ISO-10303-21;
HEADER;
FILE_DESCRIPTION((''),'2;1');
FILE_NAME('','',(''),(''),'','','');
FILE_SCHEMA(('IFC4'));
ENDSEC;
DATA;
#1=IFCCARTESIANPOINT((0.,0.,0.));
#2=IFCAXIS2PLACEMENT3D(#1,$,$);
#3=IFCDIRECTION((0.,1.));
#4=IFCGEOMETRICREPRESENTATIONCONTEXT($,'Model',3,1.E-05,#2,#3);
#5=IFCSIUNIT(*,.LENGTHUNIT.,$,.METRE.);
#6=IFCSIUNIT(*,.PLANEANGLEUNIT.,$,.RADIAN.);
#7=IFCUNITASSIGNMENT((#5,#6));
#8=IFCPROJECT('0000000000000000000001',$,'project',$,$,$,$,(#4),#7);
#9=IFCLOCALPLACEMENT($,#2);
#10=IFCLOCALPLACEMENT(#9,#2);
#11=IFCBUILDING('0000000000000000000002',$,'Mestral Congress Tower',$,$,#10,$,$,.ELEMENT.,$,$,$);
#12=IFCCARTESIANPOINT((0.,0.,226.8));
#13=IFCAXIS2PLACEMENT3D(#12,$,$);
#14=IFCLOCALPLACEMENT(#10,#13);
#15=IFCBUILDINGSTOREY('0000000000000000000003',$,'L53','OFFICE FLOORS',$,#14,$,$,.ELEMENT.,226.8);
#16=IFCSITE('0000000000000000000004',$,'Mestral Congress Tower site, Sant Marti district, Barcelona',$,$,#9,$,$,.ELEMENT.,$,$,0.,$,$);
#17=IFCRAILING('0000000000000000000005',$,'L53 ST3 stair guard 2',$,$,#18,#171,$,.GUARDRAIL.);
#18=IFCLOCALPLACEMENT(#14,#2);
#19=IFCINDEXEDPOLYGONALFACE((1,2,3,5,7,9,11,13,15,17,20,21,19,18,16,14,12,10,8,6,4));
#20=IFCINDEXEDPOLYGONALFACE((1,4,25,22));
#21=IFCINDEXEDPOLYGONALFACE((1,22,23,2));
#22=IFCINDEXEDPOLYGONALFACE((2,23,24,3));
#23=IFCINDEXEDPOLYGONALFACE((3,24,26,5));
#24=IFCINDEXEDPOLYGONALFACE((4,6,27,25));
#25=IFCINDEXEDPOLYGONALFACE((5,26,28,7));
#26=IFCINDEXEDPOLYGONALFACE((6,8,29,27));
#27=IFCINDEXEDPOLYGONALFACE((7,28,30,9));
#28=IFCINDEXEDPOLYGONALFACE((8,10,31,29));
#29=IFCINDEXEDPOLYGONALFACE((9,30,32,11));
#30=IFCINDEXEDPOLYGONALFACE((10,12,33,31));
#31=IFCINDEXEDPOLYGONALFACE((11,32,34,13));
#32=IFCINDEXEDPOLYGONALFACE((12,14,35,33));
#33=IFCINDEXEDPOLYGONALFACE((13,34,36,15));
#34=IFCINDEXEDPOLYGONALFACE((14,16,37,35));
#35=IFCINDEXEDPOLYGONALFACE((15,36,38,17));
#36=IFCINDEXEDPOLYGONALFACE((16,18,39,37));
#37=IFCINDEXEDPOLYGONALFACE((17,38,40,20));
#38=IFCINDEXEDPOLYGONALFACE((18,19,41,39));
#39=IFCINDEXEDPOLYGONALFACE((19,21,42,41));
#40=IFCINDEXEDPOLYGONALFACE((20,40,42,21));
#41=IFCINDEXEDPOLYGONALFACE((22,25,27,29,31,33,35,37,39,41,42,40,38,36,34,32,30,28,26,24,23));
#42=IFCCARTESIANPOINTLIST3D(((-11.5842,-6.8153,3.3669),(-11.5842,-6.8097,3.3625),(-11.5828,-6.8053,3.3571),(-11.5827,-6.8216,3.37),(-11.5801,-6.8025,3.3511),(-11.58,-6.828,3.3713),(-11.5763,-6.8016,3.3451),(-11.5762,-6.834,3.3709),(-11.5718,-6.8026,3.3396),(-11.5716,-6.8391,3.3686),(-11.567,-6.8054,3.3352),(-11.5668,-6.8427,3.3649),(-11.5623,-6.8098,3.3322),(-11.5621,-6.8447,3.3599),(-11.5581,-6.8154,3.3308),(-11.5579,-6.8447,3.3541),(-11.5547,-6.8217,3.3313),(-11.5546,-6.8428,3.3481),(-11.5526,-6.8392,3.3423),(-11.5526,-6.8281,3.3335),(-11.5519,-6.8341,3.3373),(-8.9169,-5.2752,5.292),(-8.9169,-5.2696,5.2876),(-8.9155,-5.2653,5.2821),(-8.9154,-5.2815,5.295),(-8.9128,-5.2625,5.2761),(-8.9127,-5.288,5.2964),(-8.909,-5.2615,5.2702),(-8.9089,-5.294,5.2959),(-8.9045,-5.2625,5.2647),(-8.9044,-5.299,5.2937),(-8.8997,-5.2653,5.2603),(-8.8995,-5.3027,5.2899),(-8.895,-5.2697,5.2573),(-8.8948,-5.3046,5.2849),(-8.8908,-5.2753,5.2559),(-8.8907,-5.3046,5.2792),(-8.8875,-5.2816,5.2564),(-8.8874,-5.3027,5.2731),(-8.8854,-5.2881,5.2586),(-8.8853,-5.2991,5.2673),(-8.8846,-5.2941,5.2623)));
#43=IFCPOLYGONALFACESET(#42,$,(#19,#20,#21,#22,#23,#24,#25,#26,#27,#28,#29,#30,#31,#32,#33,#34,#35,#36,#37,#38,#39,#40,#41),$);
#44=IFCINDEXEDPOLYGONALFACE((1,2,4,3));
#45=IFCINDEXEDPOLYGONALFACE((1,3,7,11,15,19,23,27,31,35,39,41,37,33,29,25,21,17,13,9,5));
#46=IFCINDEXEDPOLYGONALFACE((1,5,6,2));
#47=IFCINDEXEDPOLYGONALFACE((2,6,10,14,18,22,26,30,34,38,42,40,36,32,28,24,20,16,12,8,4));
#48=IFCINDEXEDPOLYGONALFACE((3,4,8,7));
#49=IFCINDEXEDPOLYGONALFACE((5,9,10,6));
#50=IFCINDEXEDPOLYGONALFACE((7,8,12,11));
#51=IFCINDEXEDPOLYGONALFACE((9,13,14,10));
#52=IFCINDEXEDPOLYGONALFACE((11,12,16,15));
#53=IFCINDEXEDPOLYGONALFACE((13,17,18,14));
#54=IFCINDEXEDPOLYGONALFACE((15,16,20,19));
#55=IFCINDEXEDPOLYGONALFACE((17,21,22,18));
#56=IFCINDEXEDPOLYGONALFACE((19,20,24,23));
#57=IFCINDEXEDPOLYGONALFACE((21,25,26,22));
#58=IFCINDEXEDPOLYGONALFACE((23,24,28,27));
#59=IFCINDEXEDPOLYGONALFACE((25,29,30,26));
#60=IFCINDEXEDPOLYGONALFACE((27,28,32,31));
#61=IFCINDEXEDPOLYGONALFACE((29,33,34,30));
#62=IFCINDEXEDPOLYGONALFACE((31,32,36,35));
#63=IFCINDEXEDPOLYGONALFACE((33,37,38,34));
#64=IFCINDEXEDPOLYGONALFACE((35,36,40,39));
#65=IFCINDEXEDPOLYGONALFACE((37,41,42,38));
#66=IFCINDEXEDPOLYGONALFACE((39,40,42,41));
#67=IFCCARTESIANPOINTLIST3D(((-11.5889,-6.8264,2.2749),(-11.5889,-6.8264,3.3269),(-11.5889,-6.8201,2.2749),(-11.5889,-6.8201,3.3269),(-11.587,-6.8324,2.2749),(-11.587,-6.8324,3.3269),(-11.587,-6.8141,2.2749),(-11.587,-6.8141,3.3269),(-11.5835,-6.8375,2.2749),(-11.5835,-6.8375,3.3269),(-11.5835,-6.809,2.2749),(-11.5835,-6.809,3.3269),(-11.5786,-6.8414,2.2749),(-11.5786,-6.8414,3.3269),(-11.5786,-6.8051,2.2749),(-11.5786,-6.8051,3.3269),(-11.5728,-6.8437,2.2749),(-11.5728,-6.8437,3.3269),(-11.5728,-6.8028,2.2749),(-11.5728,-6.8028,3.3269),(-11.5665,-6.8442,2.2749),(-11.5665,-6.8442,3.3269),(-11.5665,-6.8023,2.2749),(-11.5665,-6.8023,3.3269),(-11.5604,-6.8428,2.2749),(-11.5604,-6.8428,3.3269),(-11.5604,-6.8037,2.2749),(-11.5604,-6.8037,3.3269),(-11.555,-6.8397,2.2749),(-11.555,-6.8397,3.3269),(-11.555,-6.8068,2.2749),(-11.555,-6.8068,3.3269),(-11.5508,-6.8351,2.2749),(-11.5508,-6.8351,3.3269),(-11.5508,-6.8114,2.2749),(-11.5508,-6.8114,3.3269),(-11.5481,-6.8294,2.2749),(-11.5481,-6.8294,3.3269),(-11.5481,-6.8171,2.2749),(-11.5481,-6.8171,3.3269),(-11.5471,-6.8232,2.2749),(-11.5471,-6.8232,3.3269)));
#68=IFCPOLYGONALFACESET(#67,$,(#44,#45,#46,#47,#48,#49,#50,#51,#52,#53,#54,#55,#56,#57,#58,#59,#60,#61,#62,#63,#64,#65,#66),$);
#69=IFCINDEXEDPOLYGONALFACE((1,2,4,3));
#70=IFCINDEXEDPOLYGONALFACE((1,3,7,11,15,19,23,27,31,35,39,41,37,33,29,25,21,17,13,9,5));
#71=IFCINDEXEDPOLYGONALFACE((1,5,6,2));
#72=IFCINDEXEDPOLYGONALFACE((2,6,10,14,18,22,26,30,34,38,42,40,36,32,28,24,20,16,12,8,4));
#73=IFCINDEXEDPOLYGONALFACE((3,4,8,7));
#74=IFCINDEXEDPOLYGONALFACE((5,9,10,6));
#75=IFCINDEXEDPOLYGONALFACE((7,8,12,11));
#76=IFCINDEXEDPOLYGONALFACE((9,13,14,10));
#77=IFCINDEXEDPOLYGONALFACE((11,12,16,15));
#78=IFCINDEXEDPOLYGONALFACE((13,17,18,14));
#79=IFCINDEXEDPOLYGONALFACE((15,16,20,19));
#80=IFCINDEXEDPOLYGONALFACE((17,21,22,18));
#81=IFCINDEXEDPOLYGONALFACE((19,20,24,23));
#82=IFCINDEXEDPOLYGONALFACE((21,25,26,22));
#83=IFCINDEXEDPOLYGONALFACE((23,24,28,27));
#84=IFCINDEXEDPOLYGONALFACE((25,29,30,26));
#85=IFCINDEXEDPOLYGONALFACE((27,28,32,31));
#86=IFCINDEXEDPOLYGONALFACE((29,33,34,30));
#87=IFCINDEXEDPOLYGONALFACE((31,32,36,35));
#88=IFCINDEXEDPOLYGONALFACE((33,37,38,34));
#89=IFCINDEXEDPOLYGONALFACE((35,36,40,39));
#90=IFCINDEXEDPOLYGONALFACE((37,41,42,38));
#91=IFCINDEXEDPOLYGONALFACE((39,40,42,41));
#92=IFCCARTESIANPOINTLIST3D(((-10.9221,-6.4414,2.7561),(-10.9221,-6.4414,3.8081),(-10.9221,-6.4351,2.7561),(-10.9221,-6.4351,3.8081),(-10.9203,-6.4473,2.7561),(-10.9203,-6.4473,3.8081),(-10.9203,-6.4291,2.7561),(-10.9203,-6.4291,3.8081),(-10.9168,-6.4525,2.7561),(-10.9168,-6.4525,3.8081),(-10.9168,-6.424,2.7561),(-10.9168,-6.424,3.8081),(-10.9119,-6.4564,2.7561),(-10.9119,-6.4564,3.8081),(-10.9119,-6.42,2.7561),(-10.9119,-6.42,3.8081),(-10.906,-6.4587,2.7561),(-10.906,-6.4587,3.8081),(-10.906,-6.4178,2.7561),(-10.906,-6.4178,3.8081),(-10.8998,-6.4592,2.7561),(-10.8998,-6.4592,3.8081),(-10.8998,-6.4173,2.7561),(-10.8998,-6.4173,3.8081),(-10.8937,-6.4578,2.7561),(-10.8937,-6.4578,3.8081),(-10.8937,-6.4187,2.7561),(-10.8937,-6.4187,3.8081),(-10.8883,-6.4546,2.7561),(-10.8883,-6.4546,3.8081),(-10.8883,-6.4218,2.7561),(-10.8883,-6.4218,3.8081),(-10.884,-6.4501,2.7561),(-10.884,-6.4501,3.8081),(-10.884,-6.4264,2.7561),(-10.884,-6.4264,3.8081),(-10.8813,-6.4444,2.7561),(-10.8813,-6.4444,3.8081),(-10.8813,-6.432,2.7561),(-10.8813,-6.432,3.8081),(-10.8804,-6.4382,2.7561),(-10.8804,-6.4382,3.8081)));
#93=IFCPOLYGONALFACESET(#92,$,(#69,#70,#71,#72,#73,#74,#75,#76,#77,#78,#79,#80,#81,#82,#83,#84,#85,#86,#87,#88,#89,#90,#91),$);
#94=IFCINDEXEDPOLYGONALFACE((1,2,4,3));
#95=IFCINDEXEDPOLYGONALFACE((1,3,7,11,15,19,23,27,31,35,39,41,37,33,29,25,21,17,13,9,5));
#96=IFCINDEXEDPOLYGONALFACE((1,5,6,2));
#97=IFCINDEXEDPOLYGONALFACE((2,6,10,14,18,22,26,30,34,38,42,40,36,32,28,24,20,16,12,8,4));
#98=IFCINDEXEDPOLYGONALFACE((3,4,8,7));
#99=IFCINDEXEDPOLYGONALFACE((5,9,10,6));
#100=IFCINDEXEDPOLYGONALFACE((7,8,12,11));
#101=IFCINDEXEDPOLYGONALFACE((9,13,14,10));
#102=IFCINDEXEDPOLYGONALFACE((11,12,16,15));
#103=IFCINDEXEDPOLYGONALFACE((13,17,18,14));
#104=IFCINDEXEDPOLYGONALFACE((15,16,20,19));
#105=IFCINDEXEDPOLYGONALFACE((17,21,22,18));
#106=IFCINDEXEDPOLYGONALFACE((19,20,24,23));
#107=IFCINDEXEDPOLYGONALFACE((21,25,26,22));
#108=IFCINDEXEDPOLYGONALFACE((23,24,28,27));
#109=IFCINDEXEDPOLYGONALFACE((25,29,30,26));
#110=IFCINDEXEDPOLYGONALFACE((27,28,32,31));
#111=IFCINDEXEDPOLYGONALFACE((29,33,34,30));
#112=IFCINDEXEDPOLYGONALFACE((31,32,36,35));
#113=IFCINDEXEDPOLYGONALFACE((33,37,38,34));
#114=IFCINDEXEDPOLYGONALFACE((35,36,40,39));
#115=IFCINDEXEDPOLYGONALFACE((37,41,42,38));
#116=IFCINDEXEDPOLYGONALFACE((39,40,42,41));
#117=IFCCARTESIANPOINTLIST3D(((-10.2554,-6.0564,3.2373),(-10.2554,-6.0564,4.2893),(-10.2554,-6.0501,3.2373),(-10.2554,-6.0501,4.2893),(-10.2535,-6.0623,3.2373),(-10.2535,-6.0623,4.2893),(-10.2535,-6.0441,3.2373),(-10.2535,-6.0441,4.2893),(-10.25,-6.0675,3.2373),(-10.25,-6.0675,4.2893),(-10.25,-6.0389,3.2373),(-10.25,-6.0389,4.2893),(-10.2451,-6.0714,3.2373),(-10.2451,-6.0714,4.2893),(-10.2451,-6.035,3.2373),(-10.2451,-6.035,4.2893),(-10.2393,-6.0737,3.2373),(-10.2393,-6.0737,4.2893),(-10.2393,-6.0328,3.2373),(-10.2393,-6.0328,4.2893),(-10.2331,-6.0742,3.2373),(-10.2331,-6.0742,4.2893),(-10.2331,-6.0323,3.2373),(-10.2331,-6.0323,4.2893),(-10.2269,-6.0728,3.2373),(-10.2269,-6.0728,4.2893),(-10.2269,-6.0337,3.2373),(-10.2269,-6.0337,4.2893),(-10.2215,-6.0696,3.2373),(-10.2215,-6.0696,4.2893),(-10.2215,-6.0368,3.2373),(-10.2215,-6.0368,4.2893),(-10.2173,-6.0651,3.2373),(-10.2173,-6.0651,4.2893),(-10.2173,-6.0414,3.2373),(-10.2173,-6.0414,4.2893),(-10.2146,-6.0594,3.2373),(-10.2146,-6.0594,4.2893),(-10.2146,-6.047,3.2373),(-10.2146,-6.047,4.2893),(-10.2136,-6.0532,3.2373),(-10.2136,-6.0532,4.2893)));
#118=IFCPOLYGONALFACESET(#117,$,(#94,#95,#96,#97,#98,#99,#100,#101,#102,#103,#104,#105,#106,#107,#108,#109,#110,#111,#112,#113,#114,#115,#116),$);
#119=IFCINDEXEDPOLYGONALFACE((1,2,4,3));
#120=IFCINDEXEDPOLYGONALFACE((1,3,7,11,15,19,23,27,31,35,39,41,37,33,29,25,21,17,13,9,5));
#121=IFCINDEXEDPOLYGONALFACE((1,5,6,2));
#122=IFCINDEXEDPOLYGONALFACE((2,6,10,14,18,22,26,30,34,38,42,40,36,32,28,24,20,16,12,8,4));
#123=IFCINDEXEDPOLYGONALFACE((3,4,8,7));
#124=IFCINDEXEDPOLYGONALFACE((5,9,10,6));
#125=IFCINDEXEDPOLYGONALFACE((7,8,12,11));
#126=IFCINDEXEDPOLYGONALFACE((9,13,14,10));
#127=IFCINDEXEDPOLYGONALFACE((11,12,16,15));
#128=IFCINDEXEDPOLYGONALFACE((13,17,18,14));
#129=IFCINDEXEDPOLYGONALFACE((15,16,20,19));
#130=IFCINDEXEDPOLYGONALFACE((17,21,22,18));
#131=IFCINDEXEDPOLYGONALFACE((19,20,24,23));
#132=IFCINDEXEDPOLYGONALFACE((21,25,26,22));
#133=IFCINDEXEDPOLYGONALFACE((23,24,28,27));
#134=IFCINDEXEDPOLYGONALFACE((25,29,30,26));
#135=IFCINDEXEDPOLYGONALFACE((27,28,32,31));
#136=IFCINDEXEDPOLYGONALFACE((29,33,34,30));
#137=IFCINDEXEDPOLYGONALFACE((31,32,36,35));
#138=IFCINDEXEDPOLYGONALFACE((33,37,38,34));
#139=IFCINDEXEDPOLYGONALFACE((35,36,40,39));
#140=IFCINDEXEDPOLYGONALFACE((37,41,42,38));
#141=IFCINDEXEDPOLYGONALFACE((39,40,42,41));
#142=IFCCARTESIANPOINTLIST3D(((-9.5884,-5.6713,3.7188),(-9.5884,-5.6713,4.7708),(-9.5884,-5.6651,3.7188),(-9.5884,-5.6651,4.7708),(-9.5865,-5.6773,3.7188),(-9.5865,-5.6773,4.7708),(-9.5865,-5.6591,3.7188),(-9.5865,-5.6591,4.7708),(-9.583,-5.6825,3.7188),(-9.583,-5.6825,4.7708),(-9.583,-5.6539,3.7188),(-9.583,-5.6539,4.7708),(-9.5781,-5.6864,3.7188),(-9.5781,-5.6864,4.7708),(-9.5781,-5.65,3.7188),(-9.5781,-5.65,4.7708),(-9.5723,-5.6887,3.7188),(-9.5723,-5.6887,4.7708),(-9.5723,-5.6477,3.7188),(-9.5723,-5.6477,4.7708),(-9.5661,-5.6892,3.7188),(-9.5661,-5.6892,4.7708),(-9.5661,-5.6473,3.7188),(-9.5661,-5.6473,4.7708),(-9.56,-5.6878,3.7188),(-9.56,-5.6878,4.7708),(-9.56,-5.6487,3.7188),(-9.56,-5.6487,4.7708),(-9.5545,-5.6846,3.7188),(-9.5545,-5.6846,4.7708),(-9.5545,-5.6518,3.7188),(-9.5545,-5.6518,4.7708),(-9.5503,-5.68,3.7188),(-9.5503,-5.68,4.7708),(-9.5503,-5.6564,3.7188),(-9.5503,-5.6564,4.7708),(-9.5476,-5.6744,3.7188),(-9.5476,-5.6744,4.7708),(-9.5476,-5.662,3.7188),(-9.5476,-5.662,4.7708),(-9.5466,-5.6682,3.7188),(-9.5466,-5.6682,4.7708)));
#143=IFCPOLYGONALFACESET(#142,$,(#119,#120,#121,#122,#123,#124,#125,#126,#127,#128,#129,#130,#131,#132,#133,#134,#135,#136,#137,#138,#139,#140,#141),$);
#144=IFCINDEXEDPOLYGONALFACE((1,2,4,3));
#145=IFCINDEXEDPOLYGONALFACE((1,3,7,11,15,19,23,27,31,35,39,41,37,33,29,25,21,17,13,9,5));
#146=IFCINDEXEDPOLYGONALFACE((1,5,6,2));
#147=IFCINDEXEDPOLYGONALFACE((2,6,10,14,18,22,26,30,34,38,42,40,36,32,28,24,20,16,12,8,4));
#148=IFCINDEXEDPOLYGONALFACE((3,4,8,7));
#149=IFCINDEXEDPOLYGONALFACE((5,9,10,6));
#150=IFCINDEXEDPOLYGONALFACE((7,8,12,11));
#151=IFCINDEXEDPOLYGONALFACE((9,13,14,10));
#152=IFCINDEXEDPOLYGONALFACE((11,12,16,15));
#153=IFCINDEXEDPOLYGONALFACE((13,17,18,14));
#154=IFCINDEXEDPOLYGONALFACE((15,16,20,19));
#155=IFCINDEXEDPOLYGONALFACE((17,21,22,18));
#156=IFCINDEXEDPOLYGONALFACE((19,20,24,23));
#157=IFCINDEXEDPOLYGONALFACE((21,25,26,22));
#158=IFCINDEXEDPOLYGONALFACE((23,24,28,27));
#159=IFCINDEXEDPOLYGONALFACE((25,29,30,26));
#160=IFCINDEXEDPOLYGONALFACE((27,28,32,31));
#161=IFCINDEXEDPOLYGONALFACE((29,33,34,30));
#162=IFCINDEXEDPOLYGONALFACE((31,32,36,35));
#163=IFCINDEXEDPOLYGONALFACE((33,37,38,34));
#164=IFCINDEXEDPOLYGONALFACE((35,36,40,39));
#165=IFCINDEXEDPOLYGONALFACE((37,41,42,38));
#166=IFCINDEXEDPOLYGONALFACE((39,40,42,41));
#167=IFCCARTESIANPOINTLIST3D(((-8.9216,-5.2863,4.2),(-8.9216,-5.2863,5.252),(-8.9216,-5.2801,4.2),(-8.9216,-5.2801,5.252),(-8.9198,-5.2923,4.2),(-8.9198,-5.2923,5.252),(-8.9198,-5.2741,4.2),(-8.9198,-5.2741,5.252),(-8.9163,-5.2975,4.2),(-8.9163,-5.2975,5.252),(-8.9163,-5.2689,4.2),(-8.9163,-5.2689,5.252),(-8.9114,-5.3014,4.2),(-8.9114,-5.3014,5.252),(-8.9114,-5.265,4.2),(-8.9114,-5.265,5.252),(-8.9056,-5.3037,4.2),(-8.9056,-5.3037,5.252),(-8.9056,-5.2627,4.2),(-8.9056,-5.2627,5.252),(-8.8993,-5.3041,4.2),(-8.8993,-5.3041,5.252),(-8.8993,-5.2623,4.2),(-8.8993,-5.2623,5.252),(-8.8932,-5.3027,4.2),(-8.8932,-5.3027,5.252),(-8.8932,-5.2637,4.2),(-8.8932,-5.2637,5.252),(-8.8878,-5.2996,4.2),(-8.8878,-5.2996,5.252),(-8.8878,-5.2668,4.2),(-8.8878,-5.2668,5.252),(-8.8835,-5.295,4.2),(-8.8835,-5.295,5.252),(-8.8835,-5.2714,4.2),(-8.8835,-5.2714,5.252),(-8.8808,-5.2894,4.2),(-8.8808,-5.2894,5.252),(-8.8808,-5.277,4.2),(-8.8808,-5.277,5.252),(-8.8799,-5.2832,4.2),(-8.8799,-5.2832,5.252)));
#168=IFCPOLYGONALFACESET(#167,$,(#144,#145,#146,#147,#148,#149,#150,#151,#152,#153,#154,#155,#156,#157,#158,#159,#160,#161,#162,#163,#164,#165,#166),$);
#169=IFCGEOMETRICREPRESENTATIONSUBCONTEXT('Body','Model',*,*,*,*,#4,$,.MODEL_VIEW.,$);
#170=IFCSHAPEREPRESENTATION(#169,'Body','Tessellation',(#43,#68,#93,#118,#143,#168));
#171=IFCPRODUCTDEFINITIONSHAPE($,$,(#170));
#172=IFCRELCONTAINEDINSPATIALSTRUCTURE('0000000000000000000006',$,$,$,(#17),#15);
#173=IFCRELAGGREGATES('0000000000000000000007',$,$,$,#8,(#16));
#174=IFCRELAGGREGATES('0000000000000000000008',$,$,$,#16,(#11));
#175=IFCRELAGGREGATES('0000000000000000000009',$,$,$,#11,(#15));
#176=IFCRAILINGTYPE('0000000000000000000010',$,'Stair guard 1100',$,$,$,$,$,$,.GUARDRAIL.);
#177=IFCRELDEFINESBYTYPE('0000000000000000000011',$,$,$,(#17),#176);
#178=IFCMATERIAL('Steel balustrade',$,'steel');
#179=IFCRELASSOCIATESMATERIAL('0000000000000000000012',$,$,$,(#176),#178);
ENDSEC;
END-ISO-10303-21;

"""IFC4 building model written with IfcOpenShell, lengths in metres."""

from ifc_helpers import new_model, si_unit, direction, frame, origin, origin_2d, place, context, subcontext, project, spatial, circle, extrude, material, type_object, element, save


model = new_model("IFC4")

# Units and contexts
model_context = context("Model", 3, precision=1e-05, world=origin(), true_north=direction((0.0, 1.0)))
body_context = subcontext(model_context, "Body", "Model", "MODEL_VIEW")
ifc_project = project(units=[si_unit("LENGTHUNIT", "METRE"), si_unit("PLANEANGLEUNIT", "RADIAN")], contexts=[model_context])

# Site, building, storey
site_placement = place(None, origin())
site = spatial("IfcSite", under=ifc_project, at=site_placement, Name="Mestral Congress Tower site, Sant Marti district, Barcelona", CompositionType="ELEMENT", RefElevation=0.0)
building_placement = place(site_placement, origin())
building = spatial("IfcBuilding", under=site, at=building_placement, Name="Mestral Congress Tower", CompositionType="ELEMENT")
storey_placement = place(building_placement, frame((0.0, 0.0, 226.8)))
storey = spatial("IfcBuildingStorey", under=building, at=storey_placement, Name="L53", Description="OFFICE FLOORS", CompositionType="ELEMENT", Elevation=226.8)

# Railing
ifc_material_1 = material(Name="Steel balustrade", Category="steel")
railing_type_1 = type_object("IfcRailingType", Name="Stair guard 1100", PredefinedType="GUARDRAIL", material=ifc_material_1)
railing_1_placement = place(storey_placement, frame((-11.5681, -6.8232, 2.2749)))
element("IfcRailing", 1, at=railing_1_placement, inside=storey, type_object=railing_type_1, Name="L53 ST3 stair guard 2", PredefinedType="GUARDRAIL", context=body_context, shape_type="SweptSolid", body=[
    extrude(circle(Radius=0.0239, at=origin_2d()), frame((0.0, 0.0, 1.0762), z_axis=(0.734364, 0.424015, 0.530019), x_axis=(-0.500027, 0.86601, 0.0)), (0.0, 0.0, 1.0), 3.6321),
    extrude(circle(Radius=0.021, at=origin_2d()), origin(), (0.0, 0.0, 1.0), 1.052),
    extrude(circle(Radius=0.021, at=origin_2d()), frame((0.6667, 0.385, 0.4812)), (0.0, 0.0, 1.0), 1.052),
    extrude(circle(Radius=0.021, at=origin_2d()), frame((1.3335, 0.77, 0.9624)), (0.0, 0.0, 1.0), 1.052),
    extrude(circle(Radius=0.021, at=origin_2d()), frame((2.0005, 1.155, 1.4438)), (0.0, 0.0, 1.0), 1.052),
    extrude(circle(Radius=0.021, at=origin_2d()), frame((2.6672, 1.54, 1.925)), (0.0, 0.0, 1.0), 1.052),
])

save(model, "model.ifc")
